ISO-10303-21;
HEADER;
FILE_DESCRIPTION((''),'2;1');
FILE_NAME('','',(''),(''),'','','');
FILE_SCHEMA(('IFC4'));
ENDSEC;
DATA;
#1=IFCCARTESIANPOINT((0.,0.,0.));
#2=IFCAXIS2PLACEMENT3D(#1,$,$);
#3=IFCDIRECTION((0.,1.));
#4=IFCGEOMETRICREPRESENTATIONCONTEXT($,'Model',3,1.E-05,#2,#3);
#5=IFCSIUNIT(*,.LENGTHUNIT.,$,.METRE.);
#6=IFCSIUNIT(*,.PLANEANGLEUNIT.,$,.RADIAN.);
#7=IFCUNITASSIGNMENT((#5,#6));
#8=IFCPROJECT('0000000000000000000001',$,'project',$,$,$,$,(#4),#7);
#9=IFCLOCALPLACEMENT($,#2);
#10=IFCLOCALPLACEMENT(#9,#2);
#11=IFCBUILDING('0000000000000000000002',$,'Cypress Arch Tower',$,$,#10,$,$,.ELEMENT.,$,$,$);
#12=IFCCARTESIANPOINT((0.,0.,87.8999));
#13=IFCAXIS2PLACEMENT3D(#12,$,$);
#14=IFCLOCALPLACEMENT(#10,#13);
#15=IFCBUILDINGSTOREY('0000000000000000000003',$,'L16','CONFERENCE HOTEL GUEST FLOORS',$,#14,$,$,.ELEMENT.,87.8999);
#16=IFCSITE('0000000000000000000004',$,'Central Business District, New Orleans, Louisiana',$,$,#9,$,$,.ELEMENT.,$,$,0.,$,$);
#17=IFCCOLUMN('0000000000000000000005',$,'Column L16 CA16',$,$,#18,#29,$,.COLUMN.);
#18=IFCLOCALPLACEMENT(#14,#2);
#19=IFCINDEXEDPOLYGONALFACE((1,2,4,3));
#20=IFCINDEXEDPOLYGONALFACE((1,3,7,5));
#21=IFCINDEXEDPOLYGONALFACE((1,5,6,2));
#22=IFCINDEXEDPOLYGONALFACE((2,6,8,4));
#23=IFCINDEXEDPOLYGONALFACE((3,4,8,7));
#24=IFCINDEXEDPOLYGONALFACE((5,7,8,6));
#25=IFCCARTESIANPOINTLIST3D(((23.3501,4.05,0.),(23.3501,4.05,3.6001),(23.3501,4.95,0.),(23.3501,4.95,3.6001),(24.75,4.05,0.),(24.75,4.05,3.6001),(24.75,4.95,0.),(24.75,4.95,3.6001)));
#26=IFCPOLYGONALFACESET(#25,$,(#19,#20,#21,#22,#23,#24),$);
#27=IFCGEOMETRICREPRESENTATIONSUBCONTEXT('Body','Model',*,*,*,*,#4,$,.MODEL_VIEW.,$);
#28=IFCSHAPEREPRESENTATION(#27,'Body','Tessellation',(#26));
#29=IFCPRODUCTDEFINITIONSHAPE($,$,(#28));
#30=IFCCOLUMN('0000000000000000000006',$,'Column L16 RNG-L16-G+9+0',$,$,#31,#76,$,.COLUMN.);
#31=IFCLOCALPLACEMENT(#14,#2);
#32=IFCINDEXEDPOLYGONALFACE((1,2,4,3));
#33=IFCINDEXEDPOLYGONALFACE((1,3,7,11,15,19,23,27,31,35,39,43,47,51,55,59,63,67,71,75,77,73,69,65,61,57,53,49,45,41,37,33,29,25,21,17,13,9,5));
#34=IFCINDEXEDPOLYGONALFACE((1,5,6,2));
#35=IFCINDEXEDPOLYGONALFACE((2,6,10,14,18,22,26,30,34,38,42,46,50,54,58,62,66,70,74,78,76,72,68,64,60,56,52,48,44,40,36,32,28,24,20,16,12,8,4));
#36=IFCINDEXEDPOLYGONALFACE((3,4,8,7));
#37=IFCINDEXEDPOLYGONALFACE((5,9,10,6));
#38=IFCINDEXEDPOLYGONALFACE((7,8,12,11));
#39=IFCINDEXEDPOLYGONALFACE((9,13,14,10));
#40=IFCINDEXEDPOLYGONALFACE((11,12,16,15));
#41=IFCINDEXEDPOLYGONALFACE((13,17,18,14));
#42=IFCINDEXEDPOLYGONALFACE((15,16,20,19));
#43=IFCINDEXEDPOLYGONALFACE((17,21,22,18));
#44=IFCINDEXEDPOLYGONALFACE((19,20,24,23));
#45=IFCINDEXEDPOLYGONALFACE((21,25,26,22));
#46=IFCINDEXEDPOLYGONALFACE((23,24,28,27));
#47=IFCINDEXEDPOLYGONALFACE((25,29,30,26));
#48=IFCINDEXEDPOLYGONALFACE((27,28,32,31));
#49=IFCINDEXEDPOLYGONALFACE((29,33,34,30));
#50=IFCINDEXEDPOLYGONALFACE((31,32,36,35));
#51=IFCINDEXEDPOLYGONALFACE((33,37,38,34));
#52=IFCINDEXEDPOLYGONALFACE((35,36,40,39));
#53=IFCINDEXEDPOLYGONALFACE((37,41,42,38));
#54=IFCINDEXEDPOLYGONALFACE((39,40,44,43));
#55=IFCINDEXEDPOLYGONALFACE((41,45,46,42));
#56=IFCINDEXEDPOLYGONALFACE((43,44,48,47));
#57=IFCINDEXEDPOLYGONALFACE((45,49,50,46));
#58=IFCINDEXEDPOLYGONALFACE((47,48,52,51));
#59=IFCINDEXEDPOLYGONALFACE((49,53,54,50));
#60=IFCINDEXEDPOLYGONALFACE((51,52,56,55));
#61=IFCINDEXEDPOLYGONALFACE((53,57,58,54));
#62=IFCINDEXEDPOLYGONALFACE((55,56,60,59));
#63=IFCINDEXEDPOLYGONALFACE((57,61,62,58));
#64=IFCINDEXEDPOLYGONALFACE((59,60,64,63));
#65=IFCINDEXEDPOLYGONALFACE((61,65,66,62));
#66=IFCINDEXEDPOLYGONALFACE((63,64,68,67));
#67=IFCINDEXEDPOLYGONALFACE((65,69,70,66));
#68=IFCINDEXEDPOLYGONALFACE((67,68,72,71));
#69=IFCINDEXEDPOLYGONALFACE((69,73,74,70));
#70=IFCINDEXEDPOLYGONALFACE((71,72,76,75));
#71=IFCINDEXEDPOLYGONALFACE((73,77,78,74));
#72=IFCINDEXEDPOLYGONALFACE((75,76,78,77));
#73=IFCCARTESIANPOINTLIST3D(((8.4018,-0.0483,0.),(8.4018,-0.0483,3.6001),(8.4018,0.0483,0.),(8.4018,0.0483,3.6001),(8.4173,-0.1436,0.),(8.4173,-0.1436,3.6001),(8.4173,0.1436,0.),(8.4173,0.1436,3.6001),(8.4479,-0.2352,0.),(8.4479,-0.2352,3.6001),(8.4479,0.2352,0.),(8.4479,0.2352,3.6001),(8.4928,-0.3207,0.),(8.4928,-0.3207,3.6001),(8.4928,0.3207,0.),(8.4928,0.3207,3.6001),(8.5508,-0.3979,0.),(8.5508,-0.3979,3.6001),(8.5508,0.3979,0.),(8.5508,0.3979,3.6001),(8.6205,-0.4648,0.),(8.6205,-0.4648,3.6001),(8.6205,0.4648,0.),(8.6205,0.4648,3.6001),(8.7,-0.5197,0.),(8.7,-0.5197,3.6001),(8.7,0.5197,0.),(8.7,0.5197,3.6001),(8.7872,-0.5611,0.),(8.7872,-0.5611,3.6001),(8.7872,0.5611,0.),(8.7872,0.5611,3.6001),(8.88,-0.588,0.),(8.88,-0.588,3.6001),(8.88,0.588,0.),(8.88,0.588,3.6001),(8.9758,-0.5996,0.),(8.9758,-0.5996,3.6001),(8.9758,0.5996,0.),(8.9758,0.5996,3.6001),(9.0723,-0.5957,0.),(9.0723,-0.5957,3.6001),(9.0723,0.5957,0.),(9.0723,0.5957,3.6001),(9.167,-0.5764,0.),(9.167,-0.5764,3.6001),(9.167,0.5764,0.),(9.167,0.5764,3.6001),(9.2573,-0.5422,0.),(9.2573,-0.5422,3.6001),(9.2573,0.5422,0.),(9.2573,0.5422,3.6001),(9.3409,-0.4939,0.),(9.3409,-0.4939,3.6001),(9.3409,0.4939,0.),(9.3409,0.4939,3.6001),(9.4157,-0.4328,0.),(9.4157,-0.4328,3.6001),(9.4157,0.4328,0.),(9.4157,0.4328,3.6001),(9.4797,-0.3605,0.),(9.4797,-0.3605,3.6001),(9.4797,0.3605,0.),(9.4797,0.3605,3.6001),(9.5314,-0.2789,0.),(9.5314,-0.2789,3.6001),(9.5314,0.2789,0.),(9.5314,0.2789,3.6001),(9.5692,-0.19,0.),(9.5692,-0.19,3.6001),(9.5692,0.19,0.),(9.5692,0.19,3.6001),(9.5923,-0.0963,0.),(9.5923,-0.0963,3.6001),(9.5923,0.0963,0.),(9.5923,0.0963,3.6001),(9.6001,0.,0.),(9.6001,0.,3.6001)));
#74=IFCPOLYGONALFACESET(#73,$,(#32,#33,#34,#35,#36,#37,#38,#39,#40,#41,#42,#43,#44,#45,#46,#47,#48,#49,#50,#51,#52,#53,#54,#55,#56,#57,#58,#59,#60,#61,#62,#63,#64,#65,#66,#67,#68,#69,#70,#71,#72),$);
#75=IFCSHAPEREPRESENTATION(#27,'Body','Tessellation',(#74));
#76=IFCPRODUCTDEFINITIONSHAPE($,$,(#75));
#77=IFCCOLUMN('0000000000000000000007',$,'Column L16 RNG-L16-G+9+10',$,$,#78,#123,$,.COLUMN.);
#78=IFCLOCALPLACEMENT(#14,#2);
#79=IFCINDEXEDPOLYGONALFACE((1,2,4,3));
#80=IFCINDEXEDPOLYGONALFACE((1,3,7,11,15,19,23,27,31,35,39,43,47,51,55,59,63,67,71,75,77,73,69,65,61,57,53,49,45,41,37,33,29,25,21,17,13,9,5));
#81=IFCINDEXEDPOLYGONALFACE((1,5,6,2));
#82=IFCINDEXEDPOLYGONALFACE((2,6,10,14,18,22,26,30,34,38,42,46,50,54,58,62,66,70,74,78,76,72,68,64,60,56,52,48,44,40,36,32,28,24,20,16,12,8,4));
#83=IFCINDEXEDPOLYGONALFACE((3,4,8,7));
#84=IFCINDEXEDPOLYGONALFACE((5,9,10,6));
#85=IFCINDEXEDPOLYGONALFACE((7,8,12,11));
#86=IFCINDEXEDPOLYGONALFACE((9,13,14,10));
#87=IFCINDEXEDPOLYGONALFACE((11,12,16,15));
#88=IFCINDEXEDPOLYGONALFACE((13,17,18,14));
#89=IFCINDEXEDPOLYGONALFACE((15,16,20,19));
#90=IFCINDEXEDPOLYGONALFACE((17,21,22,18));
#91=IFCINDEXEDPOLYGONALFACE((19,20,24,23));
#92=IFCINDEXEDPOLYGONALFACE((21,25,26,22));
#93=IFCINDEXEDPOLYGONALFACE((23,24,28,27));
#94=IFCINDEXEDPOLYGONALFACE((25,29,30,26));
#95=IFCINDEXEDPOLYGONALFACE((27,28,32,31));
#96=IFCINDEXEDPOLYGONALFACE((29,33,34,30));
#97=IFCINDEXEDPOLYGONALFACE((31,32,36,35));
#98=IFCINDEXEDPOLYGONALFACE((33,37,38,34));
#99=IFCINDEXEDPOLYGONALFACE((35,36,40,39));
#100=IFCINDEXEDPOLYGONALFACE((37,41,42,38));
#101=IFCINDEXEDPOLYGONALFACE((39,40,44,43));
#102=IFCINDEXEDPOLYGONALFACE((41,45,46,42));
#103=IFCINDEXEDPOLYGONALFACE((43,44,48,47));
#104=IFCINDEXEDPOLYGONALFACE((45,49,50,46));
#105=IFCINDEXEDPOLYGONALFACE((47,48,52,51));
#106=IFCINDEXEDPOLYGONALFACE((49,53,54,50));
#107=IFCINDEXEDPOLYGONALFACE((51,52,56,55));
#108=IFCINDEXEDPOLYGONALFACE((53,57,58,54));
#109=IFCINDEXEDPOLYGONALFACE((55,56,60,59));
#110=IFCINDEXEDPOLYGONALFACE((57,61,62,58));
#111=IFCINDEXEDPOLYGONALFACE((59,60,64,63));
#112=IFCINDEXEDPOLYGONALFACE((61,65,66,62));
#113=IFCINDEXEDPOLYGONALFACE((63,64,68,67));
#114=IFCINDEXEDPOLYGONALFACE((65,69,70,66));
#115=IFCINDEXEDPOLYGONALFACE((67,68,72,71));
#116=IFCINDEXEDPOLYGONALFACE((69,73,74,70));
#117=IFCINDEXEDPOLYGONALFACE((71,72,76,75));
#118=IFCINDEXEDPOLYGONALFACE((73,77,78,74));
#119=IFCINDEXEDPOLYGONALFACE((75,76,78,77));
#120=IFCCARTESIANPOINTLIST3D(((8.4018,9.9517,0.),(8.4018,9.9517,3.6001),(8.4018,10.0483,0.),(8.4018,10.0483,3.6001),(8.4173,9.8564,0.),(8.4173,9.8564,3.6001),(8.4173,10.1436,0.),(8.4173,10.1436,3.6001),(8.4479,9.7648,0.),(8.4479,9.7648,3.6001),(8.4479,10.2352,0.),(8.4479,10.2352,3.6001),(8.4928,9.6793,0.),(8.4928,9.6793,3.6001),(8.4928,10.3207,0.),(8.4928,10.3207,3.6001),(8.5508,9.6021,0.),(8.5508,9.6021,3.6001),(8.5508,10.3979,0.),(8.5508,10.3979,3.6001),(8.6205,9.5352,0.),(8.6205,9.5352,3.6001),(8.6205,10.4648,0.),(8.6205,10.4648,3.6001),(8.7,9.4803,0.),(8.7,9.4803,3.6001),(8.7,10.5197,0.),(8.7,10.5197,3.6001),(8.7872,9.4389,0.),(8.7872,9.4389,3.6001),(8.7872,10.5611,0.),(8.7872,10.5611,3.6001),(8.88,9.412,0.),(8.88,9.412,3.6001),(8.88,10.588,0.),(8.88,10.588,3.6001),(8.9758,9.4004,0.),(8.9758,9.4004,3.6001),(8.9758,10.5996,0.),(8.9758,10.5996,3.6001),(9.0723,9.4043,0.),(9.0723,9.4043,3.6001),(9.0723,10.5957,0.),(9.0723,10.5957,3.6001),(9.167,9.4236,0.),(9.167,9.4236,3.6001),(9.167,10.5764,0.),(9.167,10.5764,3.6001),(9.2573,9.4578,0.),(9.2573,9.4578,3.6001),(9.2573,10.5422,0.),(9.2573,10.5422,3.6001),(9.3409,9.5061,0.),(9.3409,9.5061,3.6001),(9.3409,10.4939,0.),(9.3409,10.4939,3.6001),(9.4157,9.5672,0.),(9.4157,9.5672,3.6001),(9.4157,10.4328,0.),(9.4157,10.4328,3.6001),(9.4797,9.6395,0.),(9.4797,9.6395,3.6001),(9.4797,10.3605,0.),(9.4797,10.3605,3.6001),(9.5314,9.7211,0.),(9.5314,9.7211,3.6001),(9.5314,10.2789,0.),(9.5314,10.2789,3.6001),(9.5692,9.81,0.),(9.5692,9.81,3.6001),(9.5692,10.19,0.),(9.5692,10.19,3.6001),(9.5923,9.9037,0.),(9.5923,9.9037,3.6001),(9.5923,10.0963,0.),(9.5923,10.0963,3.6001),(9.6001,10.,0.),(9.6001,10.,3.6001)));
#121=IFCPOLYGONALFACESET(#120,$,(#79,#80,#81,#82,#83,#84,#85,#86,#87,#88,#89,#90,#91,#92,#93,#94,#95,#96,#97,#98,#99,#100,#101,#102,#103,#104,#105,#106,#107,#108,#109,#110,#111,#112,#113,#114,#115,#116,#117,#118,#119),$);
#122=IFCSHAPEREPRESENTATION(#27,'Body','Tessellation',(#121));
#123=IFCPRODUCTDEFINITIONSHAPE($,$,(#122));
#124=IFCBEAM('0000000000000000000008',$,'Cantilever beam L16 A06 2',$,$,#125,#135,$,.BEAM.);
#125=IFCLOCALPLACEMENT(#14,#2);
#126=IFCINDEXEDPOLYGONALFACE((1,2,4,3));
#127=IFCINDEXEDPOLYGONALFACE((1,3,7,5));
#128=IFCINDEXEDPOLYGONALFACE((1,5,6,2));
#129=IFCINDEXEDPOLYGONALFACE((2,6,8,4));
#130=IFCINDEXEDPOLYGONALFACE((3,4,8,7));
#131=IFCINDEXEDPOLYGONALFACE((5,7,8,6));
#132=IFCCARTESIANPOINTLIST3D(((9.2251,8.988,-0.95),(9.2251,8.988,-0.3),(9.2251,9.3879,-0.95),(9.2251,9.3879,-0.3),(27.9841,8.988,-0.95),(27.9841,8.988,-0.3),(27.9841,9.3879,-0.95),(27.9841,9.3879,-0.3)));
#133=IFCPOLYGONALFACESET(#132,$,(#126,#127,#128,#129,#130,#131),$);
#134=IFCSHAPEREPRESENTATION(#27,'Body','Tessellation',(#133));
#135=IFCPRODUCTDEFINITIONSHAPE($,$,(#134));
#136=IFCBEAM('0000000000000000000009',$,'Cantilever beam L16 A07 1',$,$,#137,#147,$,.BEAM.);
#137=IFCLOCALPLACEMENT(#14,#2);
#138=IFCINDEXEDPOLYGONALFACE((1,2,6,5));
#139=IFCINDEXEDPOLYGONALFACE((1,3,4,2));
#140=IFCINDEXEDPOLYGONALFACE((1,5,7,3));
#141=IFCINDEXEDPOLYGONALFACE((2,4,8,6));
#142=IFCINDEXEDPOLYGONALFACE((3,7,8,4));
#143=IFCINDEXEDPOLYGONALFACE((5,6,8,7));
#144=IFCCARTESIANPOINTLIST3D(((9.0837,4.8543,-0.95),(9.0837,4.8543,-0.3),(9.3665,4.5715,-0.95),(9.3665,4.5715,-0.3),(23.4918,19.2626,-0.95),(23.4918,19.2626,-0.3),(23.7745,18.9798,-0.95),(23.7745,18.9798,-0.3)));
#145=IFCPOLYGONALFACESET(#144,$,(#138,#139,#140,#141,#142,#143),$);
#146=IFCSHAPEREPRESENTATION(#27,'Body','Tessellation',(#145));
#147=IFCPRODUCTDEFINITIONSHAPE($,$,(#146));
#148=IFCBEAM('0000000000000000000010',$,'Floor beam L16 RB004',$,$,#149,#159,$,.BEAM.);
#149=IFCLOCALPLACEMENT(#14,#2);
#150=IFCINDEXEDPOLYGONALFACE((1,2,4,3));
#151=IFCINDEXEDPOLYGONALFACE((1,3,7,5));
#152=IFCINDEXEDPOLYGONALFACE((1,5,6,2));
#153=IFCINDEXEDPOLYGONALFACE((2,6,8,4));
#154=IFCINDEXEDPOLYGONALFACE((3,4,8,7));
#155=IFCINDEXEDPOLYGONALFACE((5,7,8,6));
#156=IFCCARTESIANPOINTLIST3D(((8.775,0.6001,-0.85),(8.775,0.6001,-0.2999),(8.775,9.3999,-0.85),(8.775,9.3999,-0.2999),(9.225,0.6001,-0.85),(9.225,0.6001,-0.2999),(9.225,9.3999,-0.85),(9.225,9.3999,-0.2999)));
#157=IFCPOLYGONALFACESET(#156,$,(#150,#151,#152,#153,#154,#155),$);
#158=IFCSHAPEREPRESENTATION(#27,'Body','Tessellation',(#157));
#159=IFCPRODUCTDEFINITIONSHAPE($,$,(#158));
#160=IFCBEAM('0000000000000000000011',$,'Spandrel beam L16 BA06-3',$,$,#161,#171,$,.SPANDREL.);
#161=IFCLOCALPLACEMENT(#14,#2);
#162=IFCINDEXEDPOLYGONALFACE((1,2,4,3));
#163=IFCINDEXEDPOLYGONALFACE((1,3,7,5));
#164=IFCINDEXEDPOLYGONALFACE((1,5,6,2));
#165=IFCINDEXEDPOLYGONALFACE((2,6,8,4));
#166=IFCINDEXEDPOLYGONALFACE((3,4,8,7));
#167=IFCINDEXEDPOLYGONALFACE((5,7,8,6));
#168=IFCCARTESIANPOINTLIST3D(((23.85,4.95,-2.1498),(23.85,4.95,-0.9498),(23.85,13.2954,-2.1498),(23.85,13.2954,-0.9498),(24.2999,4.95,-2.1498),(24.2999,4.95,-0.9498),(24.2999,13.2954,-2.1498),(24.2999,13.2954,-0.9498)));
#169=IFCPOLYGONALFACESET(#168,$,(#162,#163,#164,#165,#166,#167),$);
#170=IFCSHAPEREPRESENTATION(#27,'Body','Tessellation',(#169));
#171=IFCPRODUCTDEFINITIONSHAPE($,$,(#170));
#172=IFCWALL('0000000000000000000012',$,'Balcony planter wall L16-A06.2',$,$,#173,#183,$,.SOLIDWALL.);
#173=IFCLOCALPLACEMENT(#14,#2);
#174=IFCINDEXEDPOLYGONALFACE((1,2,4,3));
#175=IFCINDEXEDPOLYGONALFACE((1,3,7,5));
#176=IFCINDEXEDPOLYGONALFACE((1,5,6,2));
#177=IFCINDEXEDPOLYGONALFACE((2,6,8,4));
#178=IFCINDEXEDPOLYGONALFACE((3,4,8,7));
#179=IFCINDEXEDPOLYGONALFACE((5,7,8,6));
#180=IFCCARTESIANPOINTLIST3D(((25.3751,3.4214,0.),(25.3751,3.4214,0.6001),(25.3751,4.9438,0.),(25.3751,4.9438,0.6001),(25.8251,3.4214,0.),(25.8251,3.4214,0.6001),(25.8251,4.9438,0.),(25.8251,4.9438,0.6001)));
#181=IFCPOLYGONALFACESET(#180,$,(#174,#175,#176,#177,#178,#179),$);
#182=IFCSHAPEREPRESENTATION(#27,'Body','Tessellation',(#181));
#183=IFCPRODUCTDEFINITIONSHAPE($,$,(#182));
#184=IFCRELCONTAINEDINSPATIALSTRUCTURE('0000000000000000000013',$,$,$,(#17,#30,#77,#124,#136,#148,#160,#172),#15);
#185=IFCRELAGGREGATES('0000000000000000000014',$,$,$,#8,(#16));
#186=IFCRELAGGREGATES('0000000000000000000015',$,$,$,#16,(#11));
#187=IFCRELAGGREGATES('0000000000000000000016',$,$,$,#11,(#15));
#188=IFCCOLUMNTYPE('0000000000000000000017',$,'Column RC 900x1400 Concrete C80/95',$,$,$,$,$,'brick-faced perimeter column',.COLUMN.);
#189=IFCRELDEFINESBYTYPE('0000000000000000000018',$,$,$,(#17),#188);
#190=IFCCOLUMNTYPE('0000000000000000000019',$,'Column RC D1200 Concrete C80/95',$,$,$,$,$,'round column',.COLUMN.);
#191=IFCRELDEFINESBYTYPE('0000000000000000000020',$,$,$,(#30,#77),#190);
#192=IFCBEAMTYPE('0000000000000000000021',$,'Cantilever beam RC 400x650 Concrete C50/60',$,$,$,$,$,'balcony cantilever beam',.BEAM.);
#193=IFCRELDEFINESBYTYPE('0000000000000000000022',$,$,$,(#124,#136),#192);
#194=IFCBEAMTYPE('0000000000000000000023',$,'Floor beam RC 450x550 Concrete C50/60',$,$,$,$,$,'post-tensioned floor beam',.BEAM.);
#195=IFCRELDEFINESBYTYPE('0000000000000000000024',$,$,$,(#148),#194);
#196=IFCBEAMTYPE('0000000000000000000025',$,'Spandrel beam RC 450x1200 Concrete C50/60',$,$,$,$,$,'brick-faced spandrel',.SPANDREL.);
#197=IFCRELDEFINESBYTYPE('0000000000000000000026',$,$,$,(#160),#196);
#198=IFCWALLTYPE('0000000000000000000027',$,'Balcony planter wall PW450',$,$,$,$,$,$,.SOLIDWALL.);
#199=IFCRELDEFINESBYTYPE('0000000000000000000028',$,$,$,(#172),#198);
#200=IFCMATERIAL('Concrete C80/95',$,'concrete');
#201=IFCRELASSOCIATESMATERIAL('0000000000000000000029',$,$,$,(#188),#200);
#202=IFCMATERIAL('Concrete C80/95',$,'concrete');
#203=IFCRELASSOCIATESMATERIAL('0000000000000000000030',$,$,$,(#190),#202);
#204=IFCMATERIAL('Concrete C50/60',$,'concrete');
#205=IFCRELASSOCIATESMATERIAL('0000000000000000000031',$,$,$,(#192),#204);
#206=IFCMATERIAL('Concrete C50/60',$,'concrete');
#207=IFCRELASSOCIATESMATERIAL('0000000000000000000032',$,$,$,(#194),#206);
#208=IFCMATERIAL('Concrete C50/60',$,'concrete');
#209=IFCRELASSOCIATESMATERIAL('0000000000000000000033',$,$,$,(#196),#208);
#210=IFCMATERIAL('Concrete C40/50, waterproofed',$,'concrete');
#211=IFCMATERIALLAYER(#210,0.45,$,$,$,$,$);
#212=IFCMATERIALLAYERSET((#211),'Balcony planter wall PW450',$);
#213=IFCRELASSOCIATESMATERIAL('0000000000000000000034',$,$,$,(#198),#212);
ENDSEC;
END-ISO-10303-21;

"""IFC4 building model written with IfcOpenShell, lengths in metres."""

from ifc_helpers import new_model, si_unit, direction, frame, frame_2d, origin, origin_2d, place, context, subcontext, project, spatial, rectangle, circle, extrude, material, layer, layer_set, material_profile, profile_set, type_object, element, save


model = new_model("IFC4")

# Units and contexts
model_context = context("Model", 3, precision=1e-05, world=origin(), true_north=direction((0.0, 1.0)))
body_context = subcontext(model_context, "Body", "Model", "MODEL_VIEW")
ifc_project = project(units=[si_unit("LENGTHUNIT", "METRE"), si_unit("PLANEANGLEUNIT", "RADIAN")], contexts=[model_context])

# Site, building, storey
site_placement = place(None, origin())
site = spatial("IfcSite", under=ifc_project, at=site_placement, Name="Central Business District, New Orleans, Louisiana", CompositionType="ELEMENT", RefElevation=0.0)
building_placement = place(site_placement, origin())
building = spatial("IfcBuilding", under=site, at=building_placement, Name="Cypress Arch Tower", CompositionType="ELEMENT")
storey_placement = place(building_placement, frame((0.0, 0.0, 87.8999)))
storey = spatial("IfcBuildingStorey", under=building, at=storey_placement, Name="L16", Description="CONFERENCE HOTEL GUEST FLOORS", CompositionType="ELEMENT", Elevation=87.8999)

# Columns
ifc_material_1 = material(Name="Concrete C80/95", Category="concrete")
ifc_material_profile_1 = material_profile(ifc_material_1, rectangle(XDim=0.8999, YDim=1.3999, at=origin_2d()), Name="RC 900x1400")
ifc_profile_set_1 = profile_set([ifc_material_profile_1], Name="Concrete C80/95")
column_type_1 = type_object("IfcColumnType", Name="Column RC 900x1400 Concrete C80/95", ElementType="brick-faced perimeter column", PredefinedType="COLUMN", material=ifc_profile_set_1)
column_placement = place(storey_placement, frame((24.05, 4.5, 0.0), z_axis=(0.0, 0.0, 1.0), x_axis=(0.0, 1.0, 0.0)))
element("IfcColumn", 1, at=column_placement, inside=storey, type_object=column_type_1, Name="Column L16 CA16", PredefinedType="COLUMN", context=body_context, shape_type="SweptSolid", body=[
    extrude(rectangle(XDim=0.8999, YDim=1.3999, at=origin_2d()), origin(), (0.0, 0.0, 1.0), 3.6001),
])
ifc_material_2 = material(Name="Concrete C80/95", Category="concrete")
ifc_material_profile_2 = material_profile(ifc_material_2, circle(Radius=0.6001, at=origin_2d()), Name="RC D1200")
ifc_profile_set_2 = profile_set([ifc_material_profile_2], Name="Concrete C80/95")
column_type_2 = type_object("IfcColumnType", Name="Column RC D1200 Concrete C80/95", ElementType="round column", PredefinedType="COLUMN", material=ifc_profile_set_2)
for number, where, z_axis, x_axis, name in (
    (2, (9.0, 0.0, 0.0), (0.0, 0.0, 1.0), (1.0, 0.0, 0.0), "Column L16 RNG-L16-G+9+0"),
    (3, (9.0, 10.0, 0.0), (0.0, 0.0, 1.0), (1.0, 0.0, 0.0), "Column L16 RNG-L16-G+9+10"),
):
    element("IfcColumn", number, at=place(storey_placement, frame(where, z_axis=z_axis, x_axis=x_axis)), inside=storey, type_object=column_type_2, Name=name, PredefinedType="COLUMN", context=body_context, shape_type="SweptSolid", body=[
        extrude(circle(Radius=0.6001, at=origin_2d()), origin(), (0.0, 0.0, 1.0), 3.6001),
    ])

# Beams
ifc_material_3 = material(Name="Concrete C50/60", Category="concrete")
ifc_material_profile_3 = material_profile(ifc_material_3, rectangle(XDim=0.3999, YDim=0.6499, at=origin_2d()), Name="RC 400x650")
ifc_profile_set_3 = profile_set([ifc_material_profile_3], Name="Concrete C50/60")
beam_type_1 = type_object("IfcBeamType", Name="Cantilever beam RC 400x650 Concrete C50/60", ElementType="balcony cantilever beam", PredefinedType="BEAM", material=ifc_profile_set_3)
beam_1_placement = place(storey_placement, frame((9.2251, 9.188, -0.625), z_axis=(1.0, 0.0, 0.0), x_axis=(0.0, 1.0, 0.0)))
element("IfcBeam", 4, at=beam_1_placement, inside=storey, type_object=beam_type_1, Name="Cantilever beam L16 A06 2", PredefinedType="BEAM", context=body_context, shape_type="SweptSolid", body=[
    extrude(rectangle(XDim=0.3999, YDim=0.6499, at=origin_2d()), origin(), (0.0, 0.0, 1.0), 18.759),
])
beam_2_placement = place(storey_placement, frame((9.2251, 4.7129, -0.625), z_axis=(0.707101, 0.707113, 0.0), x_axis=(-0.707113, 0.707101, 0.0)))
element("IfcBeam", 5, at=beam_2_placement, inside=storey, type_object=beam_type_1, Name="Cantilever beam L16 A07 1", PredefinedType="BEAM", context=body_context, shape_type="SweptSolid", body=[
    extrude(rectangle(XDim=0.3999, YDim=0.6499, at=origin_2d()), origin(), (0.0, 0.0, 1.0), 20.3762),
])
ifc_material_4 = material(Name="Concrete C50/60", Category="concrete")
ifc_material_profile_4 = material_profile(ifc_material_4, rectangle(XDim=0.45, YDim=0.55, at=origin_2d()), Name="RC 450x550")
ifc_profile_set_4 = profile_set([ifc_material_profile_4], Name="Concrete C50/60")
beam_type_2 = type_object("IfcBeamType", Name="Floor beam RC 450x550 Concrete C50/60", ElementType="post-tensioned floor beam", PredefinedType="BEAM", material=ifc_profile_set_4)
beam_3_placement = place(storey_placement, frame((9.0, 0.6001, -0.575), z_axis=(0.0, 1.0, 0.0), x_axis=(-1.0, 0.0, 0.0)))
element("IfcBeam", 6, at=beam_3_placement, inside=storey, type_object=beam_type_2, Name="Floor beam L16 RB004", PredefinedType="BEAM", context=body_context, shape_type="SweptSolid", body=[
    extrude(rectangle(XDim=0.45, YDim=0.55, at=origin_2d()), origin(), (0.0, 0.0, 1.0), 8.7998),
])
ifc_material_5 = material(Name="Concrete C50/60", Category="concrete")
ifc_material_profile_5 = material_profile(ifc_material_5, rectangle(XDim=0.45, YDim=1.2, at=origin_2d()), Name="RC 450x1200")
ifc_profile_set_5 = profile_set([ifc_material_profile_5], Name="Concrete C50/60")
beam_type_3 = type_object("IfcBeamType", Name="Spandrel beam RC 450x1200 Concrete C50/60", ElementType="brick-faced spandrel", PredefinedType="SPANDREL", material=ifc_profile_set_5)
beam_4_placement = place(storey_placement, frame((24.075, 4.95, -1.5498), z_axis=(0.0, 1.0, 0.0), x_axis=(-1.0, 0.0, 0.0)))
element("IfcBeam", 7, at=beam_4_placement, inside=storey, type_object=beam_type_3, Name="Spandrel beam L16 BA06-3", PredefinedType="SPANDREL", context=body_context, shape_type="SweptSolid", body=[
    extrude(rectangle(XDim=0.45, YDim=1.2, at=origin_2d()), origin(), (0.0, 0.0, 1.0), 8.3455),
])

# Wall
ifc_material_6 = material(Name="Concrete C40/50, waterproofed", Category="concrete")
ifc_layer_1 = layer(ifc_material_6, 0.45)
ifc_layer_set_1 = layer_set([ifc_layer_1], Name="Balcony planter wall PW450")
wall_type_1 = type_object("IfcWallType", Name="Balcony planter wall PW450", PredefinedType="SOLIDWALL", material=ifc_layer_set_1)
wall_1_placement = place(storey_placement, frame((25.6001, 3.4214, 0.0), z_axis=(0.0, 0.0, 1.0), x_axis=(0.0, 1.0, 0.0)))
element("IfcWall", 8, at=wall_1_placement, inside=storey, type_object=wall_type_1, Name="Balcony planter wall L16-A06.2", PredefinedType="SOLIDWALL", context=body_context, shape_type="SweptSolid", body=[
    extrude(rectangle(XDim=1.5225, YDim=0.45, at=frame_2d((0.7612, 0.0))), origin(), (0.0, 0.0, 1.0), 0.6001),
])

save(model, "model.ifc")
